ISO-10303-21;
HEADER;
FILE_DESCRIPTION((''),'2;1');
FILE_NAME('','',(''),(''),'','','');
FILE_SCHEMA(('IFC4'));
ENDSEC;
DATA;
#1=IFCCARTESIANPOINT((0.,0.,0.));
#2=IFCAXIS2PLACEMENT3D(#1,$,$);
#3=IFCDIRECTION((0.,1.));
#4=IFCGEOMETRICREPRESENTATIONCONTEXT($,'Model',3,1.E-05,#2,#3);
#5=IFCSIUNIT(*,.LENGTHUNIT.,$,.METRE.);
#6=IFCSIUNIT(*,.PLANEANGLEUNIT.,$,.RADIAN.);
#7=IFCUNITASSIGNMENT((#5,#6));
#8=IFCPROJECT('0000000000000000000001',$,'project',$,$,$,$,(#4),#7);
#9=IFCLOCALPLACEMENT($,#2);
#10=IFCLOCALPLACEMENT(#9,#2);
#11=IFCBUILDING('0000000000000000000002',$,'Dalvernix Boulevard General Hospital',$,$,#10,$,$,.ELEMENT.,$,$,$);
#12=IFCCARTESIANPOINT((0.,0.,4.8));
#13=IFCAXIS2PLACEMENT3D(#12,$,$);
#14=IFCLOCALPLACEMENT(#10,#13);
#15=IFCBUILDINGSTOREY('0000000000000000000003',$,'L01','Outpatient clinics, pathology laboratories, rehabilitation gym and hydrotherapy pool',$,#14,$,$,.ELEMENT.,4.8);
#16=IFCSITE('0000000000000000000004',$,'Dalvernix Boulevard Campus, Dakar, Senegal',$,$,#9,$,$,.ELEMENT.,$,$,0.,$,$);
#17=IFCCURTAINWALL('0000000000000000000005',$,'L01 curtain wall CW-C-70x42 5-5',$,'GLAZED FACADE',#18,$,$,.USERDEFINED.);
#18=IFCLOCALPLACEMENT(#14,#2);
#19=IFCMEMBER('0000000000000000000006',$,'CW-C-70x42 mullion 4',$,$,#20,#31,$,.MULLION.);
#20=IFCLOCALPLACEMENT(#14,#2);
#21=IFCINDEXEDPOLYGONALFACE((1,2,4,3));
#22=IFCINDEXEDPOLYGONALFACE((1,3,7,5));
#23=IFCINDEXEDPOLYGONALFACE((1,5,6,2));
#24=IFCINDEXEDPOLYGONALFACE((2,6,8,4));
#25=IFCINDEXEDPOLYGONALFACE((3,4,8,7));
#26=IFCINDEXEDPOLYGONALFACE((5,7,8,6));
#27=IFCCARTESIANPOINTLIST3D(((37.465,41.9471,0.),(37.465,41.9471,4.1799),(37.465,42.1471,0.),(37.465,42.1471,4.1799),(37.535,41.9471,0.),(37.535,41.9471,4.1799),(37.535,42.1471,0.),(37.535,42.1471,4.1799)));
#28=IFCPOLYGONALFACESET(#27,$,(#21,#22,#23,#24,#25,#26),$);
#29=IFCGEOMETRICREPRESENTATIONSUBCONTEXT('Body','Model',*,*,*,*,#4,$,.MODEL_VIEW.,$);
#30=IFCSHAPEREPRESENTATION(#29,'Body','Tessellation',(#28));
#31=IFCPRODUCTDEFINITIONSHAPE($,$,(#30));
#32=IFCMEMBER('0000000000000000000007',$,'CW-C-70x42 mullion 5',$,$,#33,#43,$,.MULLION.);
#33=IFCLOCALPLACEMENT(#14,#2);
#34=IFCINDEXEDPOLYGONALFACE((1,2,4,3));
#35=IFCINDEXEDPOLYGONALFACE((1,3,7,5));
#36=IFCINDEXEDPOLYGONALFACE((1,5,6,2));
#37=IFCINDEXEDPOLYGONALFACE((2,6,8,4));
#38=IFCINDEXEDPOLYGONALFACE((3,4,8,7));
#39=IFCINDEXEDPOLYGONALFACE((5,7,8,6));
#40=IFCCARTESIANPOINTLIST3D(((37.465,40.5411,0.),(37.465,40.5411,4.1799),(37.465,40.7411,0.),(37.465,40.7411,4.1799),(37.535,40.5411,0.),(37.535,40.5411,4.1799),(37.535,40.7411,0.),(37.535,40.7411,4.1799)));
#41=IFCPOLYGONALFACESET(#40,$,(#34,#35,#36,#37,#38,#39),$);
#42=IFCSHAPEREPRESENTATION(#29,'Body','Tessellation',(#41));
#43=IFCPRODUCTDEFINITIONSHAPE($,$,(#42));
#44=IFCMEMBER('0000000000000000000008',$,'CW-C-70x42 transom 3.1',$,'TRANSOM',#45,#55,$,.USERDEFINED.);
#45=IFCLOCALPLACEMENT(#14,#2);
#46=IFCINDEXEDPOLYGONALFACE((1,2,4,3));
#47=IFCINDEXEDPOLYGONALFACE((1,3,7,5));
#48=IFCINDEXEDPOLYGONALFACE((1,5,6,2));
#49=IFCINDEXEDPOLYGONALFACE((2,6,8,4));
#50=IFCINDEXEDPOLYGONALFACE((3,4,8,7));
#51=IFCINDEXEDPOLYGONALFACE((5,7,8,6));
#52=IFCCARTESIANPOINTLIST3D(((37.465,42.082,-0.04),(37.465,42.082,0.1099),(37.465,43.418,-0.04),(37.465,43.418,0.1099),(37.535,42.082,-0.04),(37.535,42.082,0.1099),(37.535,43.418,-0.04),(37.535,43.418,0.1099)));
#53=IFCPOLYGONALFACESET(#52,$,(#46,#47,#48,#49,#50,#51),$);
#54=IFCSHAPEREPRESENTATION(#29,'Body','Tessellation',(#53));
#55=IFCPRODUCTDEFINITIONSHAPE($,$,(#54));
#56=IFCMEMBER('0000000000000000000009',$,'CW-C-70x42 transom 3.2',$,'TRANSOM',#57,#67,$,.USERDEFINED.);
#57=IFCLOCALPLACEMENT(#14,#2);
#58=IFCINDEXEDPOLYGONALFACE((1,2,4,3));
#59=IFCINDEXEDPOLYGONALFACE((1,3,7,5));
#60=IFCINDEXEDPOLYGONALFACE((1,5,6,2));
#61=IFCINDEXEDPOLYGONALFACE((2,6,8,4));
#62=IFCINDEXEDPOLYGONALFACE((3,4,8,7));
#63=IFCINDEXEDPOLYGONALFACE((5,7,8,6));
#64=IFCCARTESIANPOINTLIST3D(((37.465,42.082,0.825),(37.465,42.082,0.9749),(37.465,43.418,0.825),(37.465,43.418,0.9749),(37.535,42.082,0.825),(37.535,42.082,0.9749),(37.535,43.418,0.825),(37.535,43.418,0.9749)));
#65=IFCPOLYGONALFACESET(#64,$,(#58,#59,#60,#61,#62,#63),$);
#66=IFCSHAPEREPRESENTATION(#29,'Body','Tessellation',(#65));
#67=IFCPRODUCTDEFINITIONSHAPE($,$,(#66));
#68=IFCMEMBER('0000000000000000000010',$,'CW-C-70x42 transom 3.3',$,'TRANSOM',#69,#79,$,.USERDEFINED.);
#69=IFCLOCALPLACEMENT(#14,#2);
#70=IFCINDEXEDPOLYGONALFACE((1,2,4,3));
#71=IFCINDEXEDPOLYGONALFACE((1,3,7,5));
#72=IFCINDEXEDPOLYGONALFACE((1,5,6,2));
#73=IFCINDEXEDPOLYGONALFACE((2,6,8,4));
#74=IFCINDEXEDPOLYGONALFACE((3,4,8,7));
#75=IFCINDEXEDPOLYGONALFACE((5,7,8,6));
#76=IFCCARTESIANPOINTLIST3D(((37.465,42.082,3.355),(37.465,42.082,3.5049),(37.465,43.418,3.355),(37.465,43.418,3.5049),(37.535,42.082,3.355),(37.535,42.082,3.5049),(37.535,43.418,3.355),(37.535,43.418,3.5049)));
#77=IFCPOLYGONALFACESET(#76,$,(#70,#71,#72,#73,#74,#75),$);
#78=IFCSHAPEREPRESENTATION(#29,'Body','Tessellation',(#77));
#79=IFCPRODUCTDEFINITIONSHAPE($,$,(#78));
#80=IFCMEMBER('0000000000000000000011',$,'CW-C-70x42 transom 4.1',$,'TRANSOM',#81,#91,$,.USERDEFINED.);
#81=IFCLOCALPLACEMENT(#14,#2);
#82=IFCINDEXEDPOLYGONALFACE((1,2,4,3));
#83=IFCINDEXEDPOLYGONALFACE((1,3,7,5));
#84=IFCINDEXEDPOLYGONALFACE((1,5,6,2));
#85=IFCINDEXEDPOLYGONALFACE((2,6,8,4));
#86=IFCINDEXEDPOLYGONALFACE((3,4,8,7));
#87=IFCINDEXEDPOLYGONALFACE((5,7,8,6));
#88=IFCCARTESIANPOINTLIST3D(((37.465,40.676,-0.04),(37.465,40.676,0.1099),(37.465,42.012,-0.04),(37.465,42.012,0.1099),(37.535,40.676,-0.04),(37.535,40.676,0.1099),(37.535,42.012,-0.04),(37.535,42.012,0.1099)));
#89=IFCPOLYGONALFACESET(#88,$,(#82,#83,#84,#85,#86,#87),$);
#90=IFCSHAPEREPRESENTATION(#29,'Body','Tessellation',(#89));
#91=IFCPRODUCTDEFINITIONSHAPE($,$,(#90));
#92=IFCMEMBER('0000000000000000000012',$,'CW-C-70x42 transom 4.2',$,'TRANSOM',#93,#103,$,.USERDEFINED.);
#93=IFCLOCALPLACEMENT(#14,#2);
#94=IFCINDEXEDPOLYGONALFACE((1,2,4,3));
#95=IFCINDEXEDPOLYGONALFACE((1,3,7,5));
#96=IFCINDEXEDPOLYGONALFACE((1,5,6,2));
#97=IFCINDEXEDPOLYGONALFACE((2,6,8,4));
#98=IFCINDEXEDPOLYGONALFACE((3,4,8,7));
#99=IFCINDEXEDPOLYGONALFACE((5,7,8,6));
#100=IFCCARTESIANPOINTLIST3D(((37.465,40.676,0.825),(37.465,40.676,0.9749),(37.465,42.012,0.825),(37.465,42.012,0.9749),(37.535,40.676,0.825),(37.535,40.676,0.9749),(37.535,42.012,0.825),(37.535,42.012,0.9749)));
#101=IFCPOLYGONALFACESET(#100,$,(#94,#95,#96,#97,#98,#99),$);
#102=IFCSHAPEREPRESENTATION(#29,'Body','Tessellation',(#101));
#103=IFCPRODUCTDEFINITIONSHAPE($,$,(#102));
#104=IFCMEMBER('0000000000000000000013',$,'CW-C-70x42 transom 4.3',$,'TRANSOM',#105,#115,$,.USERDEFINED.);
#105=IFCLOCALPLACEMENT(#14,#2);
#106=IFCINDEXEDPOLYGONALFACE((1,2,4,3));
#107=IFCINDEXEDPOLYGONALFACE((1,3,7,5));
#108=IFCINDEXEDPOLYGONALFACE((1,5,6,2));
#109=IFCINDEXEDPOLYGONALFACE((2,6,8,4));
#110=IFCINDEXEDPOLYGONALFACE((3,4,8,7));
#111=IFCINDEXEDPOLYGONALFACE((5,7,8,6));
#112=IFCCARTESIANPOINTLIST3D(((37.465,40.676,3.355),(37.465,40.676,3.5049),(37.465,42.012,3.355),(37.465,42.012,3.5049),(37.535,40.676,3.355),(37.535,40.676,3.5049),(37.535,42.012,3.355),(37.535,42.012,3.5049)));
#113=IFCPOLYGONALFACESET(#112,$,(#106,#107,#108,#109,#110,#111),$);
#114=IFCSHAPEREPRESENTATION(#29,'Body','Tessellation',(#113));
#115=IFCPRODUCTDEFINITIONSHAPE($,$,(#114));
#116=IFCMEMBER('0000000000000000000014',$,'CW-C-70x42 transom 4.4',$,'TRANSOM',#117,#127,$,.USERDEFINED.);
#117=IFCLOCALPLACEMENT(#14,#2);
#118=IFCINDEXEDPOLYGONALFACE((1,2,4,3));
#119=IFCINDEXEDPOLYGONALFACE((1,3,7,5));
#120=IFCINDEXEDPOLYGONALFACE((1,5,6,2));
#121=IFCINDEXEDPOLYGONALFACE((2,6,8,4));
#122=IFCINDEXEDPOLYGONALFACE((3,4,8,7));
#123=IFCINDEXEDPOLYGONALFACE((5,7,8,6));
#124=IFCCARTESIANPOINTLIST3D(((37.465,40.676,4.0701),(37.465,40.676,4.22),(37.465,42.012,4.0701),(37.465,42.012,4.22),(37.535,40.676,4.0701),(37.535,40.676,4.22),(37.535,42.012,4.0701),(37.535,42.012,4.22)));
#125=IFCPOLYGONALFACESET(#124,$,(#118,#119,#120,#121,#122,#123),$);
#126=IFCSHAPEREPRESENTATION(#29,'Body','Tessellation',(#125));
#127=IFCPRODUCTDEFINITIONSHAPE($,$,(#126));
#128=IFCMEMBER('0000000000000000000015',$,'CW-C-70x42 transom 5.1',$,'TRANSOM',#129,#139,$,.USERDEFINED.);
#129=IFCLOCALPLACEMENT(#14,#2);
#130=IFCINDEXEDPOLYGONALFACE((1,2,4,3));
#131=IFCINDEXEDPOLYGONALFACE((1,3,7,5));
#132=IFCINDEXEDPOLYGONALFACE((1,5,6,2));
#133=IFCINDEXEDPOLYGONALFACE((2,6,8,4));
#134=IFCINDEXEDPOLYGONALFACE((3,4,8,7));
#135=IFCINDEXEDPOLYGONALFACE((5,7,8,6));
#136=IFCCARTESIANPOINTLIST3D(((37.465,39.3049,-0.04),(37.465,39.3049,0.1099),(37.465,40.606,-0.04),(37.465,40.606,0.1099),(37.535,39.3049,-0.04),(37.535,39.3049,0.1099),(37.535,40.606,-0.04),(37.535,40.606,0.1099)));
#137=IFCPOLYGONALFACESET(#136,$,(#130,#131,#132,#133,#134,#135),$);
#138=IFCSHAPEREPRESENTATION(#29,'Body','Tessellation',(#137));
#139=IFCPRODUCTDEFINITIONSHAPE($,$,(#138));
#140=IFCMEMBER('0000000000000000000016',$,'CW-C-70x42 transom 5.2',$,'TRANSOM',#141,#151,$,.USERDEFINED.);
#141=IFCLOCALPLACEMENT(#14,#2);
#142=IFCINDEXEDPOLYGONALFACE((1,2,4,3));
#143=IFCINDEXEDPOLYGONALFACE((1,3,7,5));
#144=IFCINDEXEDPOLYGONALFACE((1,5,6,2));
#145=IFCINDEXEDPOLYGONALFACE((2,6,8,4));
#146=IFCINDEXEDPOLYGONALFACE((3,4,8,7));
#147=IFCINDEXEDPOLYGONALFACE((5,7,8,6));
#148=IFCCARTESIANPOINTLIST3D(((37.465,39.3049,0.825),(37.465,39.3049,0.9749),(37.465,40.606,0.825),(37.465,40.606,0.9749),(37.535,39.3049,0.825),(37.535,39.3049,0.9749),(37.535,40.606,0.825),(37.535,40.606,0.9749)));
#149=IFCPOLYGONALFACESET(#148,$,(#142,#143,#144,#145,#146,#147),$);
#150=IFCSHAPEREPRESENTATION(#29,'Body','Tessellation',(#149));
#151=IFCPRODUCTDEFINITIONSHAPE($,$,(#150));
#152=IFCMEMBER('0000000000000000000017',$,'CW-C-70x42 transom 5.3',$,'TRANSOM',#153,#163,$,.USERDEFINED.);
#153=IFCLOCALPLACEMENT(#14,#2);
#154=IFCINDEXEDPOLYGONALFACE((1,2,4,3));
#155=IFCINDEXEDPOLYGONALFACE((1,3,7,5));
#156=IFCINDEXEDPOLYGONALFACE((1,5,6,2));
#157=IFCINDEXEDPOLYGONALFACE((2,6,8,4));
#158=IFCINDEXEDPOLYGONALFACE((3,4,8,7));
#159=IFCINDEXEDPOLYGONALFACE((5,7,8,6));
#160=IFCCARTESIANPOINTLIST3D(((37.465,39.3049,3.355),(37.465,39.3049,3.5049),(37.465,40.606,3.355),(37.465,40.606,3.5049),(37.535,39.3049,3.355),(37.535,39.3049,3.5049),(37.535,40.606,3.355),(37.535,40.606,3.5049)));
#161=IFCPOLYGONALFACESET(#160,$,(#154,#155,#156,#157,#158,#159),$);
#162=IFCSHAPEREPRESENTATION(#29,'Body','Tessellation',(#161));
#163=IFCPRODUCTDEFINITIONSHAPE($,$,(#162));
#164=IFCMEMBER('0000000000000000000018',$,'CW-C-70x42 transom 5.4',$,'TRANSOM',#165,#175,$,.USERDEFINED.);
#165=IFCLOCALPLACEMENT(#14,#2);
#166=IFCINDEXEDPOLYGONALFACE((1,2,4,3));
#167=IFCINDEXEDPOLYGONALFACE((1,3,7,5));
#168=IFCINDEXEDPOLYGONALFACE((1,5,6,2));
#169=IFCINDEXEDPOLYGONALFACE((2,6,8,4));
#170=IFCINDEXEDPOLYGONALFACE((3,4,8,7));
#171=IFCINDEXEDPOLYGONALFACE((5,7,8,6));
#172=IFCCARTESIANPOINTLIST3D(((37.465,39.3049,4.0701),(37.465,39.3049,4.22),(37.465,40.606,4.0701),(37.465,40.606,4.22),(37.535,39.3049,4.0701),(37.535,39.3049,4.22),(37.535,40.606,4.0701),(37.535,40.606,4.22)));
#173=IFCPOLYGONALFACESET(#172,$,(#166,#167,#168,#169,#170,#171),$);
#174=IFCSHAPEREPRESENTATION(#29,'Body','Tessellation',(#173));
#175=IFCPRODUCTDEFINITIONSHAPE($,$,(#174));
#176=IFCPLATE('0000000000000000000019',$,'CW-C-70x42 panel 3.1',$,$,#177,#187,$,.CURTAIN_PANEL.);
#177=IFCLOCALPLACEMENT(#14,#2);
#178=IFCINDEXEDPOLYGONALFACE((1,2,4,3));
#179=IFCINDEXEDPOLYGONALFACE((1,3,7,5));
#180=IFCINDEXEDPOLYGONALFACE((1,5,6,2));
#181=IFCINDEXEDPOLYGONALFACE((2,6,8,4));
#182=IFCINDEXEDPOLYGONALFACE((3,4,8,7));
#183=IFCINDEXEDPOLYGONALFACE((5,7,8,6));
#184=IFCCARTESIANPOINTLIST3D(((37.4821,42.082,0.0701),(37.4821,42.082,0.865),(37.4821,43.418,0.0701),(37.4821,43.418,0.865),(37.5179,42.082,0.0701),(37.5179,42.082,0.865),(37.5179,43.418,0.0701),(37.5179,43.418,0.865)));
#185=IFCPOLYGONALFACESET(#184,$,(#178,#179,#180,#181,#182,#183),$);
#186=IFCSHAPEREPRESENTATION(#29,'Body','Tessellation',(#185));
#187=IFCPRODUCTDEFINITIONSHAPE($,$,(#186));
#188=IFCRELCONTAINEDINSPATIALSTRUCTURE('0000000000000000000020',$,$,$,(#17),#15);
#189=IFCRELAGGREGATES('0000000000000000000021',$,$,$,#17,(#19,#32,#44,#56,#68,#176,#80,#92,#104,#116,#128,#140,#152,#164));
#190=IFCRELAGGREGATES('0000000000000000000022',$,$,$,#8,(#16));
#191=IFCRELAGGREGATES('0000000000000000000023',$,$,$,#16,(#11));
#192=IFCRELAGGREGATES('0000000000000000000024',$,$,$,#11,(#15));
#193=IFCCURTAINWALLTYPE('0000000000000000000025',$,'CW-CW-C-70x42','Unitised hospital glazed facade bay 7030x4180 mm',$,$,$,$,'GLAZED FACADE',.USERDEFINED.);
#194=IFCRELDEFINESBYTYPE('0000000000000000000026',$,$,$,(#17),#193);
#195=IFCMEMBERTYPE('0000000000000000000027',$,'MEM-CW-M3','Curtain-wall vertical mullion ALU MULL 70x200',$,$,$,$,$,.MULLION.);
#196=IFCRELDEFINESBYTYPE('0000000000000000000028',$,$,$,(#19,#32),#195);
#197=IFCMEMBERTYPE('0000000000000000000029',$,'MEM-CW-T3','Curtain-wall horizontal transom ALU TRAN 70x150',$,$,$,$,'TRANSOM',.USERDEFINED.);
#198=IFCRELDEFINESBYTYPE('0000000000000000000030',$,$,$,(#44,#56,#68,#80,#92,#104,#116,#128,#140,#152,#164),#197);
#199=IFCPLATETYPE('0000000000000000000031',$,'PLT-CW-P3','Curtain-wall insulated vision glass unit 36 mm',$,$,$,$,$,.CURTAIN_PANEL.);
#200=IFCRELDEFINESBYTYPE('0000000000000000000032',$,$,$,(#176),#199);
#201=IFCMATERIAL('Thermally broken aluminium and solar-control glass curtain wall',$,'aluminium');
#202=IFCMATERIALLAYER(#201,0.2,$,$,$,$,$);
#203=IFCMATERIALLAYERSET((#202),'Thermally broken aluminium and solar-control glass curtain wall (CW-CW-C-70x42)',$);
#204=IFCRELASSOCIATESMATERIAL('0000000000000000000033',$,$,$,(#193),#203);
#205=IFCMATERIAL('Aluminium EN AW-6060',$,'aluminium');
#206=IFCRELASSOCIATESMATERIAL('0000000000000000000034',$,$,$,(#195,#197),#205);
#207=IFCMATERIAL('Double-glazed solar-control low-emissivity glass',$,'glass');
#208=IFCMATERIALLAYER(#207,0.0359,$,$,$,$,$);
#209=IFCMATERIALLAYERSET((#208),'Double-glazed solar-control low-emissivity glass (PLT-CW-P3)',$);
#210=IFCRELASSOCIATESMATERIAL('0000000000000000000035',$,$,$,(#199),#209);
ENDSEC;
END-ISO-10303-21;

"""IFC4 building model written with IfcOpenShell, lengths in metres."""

from ifc_helpers import new_model, si_unit, direction, frame, origin, origin_2d, place, context, subcontext, project, spatial, rectangle, extrude, material, layer, layer_set, material_profile, profile_set, type_object, element, aggregate, save


model = new_model("IFC4")

# Units and contexts
model_context = context("Model", 3, precision=1e-05, world=origin(), true_north=direction((0.0, 1.0)))
body_context = subcontext(model_context, "Body", "Model", "MODEL_VIEW")
ifc_project = project(units=[si_unit("LENGTHUNIT", "METRE"), si_unit("PLANEANGLEUNIT", "RADIAN")], contexts=[model_context])

# Site, building, storey
site_placement = place(None, origin())
site = spatial("IfcSite", under=ifc_project, at=site_placement, Name="Dalvernix Boulevard Campus, Dakar, Senegal", CompositionType="ELEMENT", RefElevation=0.0)
building_placement = place(site_placement, origin())
building = spatial("IfcBuilding", under=site, at=building_placement, Name="Dalvernix Boulevard General Hospital", CompositionType="ELEMENT")
storey_placement = place(building_placement, frame((0.0, 0.0, 4.8)))
storey = spatial("IfcBuildingStorey", under=building, at=storey_placement, Name="L01", Description="Outpatient clinics, pathology laboratories, rehabilitation gym and hydrotherapy pool", CompositionType="ELEMENT", Elevation=4.8)

# Curtain wall, members, plate
ifc_material_1 = material(Name="Thermally broken aluminium and solar-control glass curtain wall", Category="aluminium")
ifc_layer_1 = layer(ifc_material_1, 0.2)
ifc_layer_set_1 = layer_set([ifc_layer_1], Name="Thermally broken aluminium and solar-control glass curtain wall (CW-CW-C-70x42)")
curtain_wall_type = type_object("IfcCurtainWallType", Name="CW-CW-C-70x42", Description="Unitised hospital glazed facade bay 7030x4180 mm", ElementType="GLAZED FACADE", PredefinedType="USERDEFINED", material=ifc_layer_set_1)
curtain_wall_placement = place(storey_placement, origin())
curtain_wall = element("IfcCurtainWall", 1, at=curtain_wall_placement, inside=storey, type_object=curtain_wall_type, Name="L01 curtain wall CW-C-70x42 5-5", ObjectType="GLAZED FACADE", PredefinedType="USERDEFINED")
ifc_material_2 = material(Name="Aluminium EN AW-6060", Category="aluminium")
ifc_material_profile_1 = material_profile(ifc_material_2, rectangle(XDim=0.0701, YDim=0.2, at=origin_2d()), Name="ALU MULL 70x200")
ifc_profile_set_1 = profile_set([ifc_material_profile_1], Name="Aluminium EN AW-6060")
member_type_1 = type_object("IfcMemberType", Name="MEM-CW-M3", Description="Curtain-wall vertical mullion ALU MULL 70x200", PredefinedType="MULLION", material=ifc_profile_set_1)
member_1_placement = place(storey_placement, frame((37.5, 42.0471, 0.0), z_axis=(0.0, 0.0, 1.0), x_axis=(1.0, 0.0, 0.0)))
member_1 = element("IfcMember", 2, at=member_1_placement, type_object=member_type_1, Name="CW-C-70x42 mullion 4", PredefinedType="MULLION", context=body_context, shape_type="SweptSolid", body=[
    extrude(rectangle(XDim=0.0701, YDim=0.2, at=origin_2d()), origin(), (0.0, 0.0, 1.0), 4.1799),
])
member_2_placement = place(storey_placement, frame((37.5, 40.6411, 0.0), z_axis=(0.0, 0.0, 1.0), x_axis=(1.0, 0.0, 0.0)))
member_2 = element("IfcMember", 3, at=member_2_placement, type_object=member_type_1, Name="CW-C-70x42 mullion 5", PredefinedType="MULLION", context=body_context, shape_type="SweptSolid", body=[
    extrude(rectangle(XDim=0.0701, YDim=0.2, at=origin_2d()), origin(), (0.0, 0.0, 1.0), 4.1799),
])
ifc_material_profile_2 = material_profile(ifc_material_2, rectangle(XDim=0.0701, YDim=0.1499, at=origin_2d()), Name="ALU TRAN 70x150")
ifc_profile_set_2 = profile_set([ifc_material_profile_2], Name="Aluminium EN AW-6060")
member_type_2 = type_object("IfcMemberType", Name="MEM-CW-T3", Description="Curtain-wall horizontal transom ALU TRAN 70x150", ElementType="TRANSOM", PredefinedType="USERDEFINED", material=ifc_profile_set_2)
member_3_placement = place(storey_placement, frame((37.5, 43.418, 0.0349), z_axis=(0.0, -1.0, 0.0), x_axis=(1.0, 0.0, 0.0)))
member_3 = element("IfcMember", 4, at=member_3_placement, type_object=member_type_2, Name="CW-C-70x42 transom 3.1", ObjectType="TRANSOM", PredefinedType="USERDEFINED", context=body_context, shape_type="SweptSolid", body=[
    extrude(rectangle(XDim=0.0701, YDim=0.1499, at=origin_2d()), origin(), (0.0, 0.0, 1.0), 1.3359),
])
member_4_placement = place(storey_placement, frame((37.5, 43.418, 0.8999), z_axis=(0.0, -1.0, 0.0), x_axis=(1.0, 0.0, 0.0)))
member_4 = element("IfcMember", 5, at=member_4_placement, type_object=member_type_2, Name="CW-C-70x42 transom 3.2", ObjectType="TRANSOM", PredefinedType="USERDEFINED", context=body_context, shape_type="SweptSolid", body=[
    extrude(rectangle(XDim=0.0701, YDim=0.1499, at=origin_2d()), origin(), (0.0, 0.0, 1.0), 1.3359),
])
member_5_placement = place(storey_placement, frame((37.5, 43.418, 3.4299), z_axis=(0.0, -1.0, 0.0), x_axis=(1.0, 0.0, 0.0)))
member_5 = element("IfcMember", 6, at=member_5_placement, type_object=member_type_2, Name="CW-C-70x42 transom 3.3", ObjectType="TRANSOM", PredefinedType="USERDEFINED", context=body_context, shape_type="SweptSolid", body=[
    extrude(rectangle(XDim=0.0701, YDim=0.1499, at=origin_2d()), origin(), (0.0, 0.0, 1.0), 1.3359),
])
member_6_placement = place(storey_placement, frame((37.5, 42.012, 0.0349), z_axis=(0.0, -1.0, 0.0), x_axis=(1.0, 0.0, 0.0)))
member_6 = element("IfcMember", 7, at=member_6_placement, type_object=member_type_2, Name="CW-C-70x42 transom 4.1", ObjectType="TRANSOM", PredefinedType="USERDEFINED", context=body_context, shape_type="SweptSolid", body=[
    extrude(rectangle(XDim=0.0701, YDim=0.1499, at=origin_2d()), origin(), (0.0, 0.0, 1.0), 1.3359),
])
member_7_placement = place(storey_placement, frame((37.5, 42.012, 0.8999), z_axis=(0.0, -1.0, 0.0), x_axis=(1.0, 0.0, 0.0)))
member_7 = element("IfcMember", 8, at=member_7_placement, type_object=member_type_2, Name="CW-C-70x42 transom 4.2", ObjectType="TRANSOM", PredefinedType="USERDEFINED", context=body_context, shape_type="SweptSolid", body=[
    extrude(rectangle(XDim=0.0701, YDim=0.1499, at=origin_2d()), origin(), (0.0, 0.0, 1.0), 1.3359),
])
member_8_placement = place(storey_placement, frame((37.5, 42.012, 3.4299), z_axis=(0.0, -1.0, 0.0), x_axis=(1.0, 0.0, 0.0)))
member_8 = element("IfcMember", 9, at=member_8_placement, type_object=member_type_2, Name="CW-C-70x42 transom 4.3", ObjectType="TRANSOM", PredefinedType="USERDEFINED", context=body_context, shape_type="SweptSolid", body=[
    extrude(rectangle(XDim=0.0701, YDim=0.1499, at=origin_2d()), origin(), (0.0, 0.0, 1.0), 1.3359),
])
member_9_placement = place(storey_placement, frame((37.5, 42.012, 4.145), z_axis=(0.0, -1.0, 0.0), x_axis=(1.0, 0.0, 0.0)))
member_9 = element("IfcMember", 10, at=member_9_placement, type_object=member_type_2, Name="CW-C-70x42 transom 4.4", ObjectType="TRANSOM", PredefinedType="USERDEFINED", context=body_context, shape_type="SweptSolid", body=[
    extrude(rectangle(XDim=0.0701, YDim=0.1499, at=origin_2d()), origin(), (0.0, 0.0, 1.0), 1.3359),
])
member_10_placement = place(storey_placement, frame((37.5, 40.606, 0.0349), z_axis=(0.0, -1.0, 0.0), x_axis=(1.0, 0.0, 0.0)))
member_10 = element("IfcMember", 11, at=member_10_placement, type_object=member_type_2, Name="CW-C-70x42 transom 5.1", ObjectType="TRANSOM", PredefinedType="USERDEFINED", context=body_context, shape_type="SweptSolid", body=[
    extrude(rectangle(XDim=0.0701, YDim=0.1499, at=origin_2d()), origin(), (0.0, 0.0, 1.0), 1.301),
])
member_11_placement = place(storey_placement, frame((37.5, 40.606, 0.8999), z_axis=(0.0, -1.0, 0.0), x_axis=(1.0, 0.0, 0.0)))
member_11 = element("IfcMember", 12, at=member_11_placement, type_object=member_type_2, Name="CW-C-70x42 transom 5.2", ObjectType="TRANSOM", PredefinedType="USERDEFINED", context=body_context, shape_type="SweptSolid", body=[
    extrude(rectangle(XDim=0.0701, YDim=0.1499, at=origin_2d()), origin(), (0.0, 0.0, 1.0), 1.301),
])
member_12_placement = place(storey_placement, frame((37.5, 40.606, 3.4299), z_axis=(0.0, -1.0, 0.0), x_axis=(1.0, 0.0, 0.0)))
member_12 = element("IfcMember", 13, at=member_12_placement, type_object=member_type_2, Name="CW-C-70x42 transom 5.3", ObjectType="TRANSOM", PredefinedType="USERDEFINED", context=body_context, shape_type="SweptSolid", body=[
    extrude(rectangle(XDim=0.0701, YDim=0.1499, at=origin_2d()), origin(), (0.0, 0.0, 1.0), 1.301),
])
member_13_placement = place(storey_placement, frame((37.5, 40.606, 4.145), z_axis=(0.0, -1.0, 0.0), x_axis=(1.0, 0.0, 0.0)))
member_13 = element("IfcMember", 14, at=member_13_placement, type_object=member_type_2, Name="CW-C-70x42 transom 5.4", ObjectType="TRANSOM", PredefinedType="USERDEFINED", context=body_context, shape_type="SweptSolid", body=[
    extrude(rectangle(XDim=0.0701, YDim=0.1499, at=origin_2d()), origin(), (0.0, 0.0, 1.0), 1.301),
])
ifc_material_3 = material(Name="Double-glazed solar-control low-emissivity glass", Category="glass")
ifc_layer_2 = layer(ifc_material_3, 0.0359)
ifc_layer_set_2 = layer_set([ifc_layer_2], Name="Double-glazed solar-control low-emissivity glass (PLT-CW-P3)")
plate_type = type_object("IfcPlateType", Name="PLT-CW-P3", Description="Curtain-wall insulated vision glass unit 36 mm", PredefinedType="CURTAIN_PANEL", material=ifc_layer_set_2)
plate_1_placement = place(storey_placement, frame((37.5, 42.75, 0.0701), z_axis=(0.0, 0.0, 1.0), x_axis=(0.0, -1.0, 0.0)))
plate_1 = element("IfcPlate", 15, at=plate_1_placement, type_object=plate_type, Name="CW-C-70x42 panel 3.1", PredefinedType="CURTAIN_PANEL", context=body_context, shape_type="SweptSolid", body=[
    extrude(rectangle(XDim=1.3359, YDim=0.0359, at=origin_2d()), origin(), (0.0, 0.0, 1.0), 0.7949),
])
aggregate(curtain_wall, [member_1, member_2, member_3, member_4, member_5, plate_1, member_6, member_7, member_8, member_9, member_10, member_11, member_12, member_13])

save(model, "model.ifc")
